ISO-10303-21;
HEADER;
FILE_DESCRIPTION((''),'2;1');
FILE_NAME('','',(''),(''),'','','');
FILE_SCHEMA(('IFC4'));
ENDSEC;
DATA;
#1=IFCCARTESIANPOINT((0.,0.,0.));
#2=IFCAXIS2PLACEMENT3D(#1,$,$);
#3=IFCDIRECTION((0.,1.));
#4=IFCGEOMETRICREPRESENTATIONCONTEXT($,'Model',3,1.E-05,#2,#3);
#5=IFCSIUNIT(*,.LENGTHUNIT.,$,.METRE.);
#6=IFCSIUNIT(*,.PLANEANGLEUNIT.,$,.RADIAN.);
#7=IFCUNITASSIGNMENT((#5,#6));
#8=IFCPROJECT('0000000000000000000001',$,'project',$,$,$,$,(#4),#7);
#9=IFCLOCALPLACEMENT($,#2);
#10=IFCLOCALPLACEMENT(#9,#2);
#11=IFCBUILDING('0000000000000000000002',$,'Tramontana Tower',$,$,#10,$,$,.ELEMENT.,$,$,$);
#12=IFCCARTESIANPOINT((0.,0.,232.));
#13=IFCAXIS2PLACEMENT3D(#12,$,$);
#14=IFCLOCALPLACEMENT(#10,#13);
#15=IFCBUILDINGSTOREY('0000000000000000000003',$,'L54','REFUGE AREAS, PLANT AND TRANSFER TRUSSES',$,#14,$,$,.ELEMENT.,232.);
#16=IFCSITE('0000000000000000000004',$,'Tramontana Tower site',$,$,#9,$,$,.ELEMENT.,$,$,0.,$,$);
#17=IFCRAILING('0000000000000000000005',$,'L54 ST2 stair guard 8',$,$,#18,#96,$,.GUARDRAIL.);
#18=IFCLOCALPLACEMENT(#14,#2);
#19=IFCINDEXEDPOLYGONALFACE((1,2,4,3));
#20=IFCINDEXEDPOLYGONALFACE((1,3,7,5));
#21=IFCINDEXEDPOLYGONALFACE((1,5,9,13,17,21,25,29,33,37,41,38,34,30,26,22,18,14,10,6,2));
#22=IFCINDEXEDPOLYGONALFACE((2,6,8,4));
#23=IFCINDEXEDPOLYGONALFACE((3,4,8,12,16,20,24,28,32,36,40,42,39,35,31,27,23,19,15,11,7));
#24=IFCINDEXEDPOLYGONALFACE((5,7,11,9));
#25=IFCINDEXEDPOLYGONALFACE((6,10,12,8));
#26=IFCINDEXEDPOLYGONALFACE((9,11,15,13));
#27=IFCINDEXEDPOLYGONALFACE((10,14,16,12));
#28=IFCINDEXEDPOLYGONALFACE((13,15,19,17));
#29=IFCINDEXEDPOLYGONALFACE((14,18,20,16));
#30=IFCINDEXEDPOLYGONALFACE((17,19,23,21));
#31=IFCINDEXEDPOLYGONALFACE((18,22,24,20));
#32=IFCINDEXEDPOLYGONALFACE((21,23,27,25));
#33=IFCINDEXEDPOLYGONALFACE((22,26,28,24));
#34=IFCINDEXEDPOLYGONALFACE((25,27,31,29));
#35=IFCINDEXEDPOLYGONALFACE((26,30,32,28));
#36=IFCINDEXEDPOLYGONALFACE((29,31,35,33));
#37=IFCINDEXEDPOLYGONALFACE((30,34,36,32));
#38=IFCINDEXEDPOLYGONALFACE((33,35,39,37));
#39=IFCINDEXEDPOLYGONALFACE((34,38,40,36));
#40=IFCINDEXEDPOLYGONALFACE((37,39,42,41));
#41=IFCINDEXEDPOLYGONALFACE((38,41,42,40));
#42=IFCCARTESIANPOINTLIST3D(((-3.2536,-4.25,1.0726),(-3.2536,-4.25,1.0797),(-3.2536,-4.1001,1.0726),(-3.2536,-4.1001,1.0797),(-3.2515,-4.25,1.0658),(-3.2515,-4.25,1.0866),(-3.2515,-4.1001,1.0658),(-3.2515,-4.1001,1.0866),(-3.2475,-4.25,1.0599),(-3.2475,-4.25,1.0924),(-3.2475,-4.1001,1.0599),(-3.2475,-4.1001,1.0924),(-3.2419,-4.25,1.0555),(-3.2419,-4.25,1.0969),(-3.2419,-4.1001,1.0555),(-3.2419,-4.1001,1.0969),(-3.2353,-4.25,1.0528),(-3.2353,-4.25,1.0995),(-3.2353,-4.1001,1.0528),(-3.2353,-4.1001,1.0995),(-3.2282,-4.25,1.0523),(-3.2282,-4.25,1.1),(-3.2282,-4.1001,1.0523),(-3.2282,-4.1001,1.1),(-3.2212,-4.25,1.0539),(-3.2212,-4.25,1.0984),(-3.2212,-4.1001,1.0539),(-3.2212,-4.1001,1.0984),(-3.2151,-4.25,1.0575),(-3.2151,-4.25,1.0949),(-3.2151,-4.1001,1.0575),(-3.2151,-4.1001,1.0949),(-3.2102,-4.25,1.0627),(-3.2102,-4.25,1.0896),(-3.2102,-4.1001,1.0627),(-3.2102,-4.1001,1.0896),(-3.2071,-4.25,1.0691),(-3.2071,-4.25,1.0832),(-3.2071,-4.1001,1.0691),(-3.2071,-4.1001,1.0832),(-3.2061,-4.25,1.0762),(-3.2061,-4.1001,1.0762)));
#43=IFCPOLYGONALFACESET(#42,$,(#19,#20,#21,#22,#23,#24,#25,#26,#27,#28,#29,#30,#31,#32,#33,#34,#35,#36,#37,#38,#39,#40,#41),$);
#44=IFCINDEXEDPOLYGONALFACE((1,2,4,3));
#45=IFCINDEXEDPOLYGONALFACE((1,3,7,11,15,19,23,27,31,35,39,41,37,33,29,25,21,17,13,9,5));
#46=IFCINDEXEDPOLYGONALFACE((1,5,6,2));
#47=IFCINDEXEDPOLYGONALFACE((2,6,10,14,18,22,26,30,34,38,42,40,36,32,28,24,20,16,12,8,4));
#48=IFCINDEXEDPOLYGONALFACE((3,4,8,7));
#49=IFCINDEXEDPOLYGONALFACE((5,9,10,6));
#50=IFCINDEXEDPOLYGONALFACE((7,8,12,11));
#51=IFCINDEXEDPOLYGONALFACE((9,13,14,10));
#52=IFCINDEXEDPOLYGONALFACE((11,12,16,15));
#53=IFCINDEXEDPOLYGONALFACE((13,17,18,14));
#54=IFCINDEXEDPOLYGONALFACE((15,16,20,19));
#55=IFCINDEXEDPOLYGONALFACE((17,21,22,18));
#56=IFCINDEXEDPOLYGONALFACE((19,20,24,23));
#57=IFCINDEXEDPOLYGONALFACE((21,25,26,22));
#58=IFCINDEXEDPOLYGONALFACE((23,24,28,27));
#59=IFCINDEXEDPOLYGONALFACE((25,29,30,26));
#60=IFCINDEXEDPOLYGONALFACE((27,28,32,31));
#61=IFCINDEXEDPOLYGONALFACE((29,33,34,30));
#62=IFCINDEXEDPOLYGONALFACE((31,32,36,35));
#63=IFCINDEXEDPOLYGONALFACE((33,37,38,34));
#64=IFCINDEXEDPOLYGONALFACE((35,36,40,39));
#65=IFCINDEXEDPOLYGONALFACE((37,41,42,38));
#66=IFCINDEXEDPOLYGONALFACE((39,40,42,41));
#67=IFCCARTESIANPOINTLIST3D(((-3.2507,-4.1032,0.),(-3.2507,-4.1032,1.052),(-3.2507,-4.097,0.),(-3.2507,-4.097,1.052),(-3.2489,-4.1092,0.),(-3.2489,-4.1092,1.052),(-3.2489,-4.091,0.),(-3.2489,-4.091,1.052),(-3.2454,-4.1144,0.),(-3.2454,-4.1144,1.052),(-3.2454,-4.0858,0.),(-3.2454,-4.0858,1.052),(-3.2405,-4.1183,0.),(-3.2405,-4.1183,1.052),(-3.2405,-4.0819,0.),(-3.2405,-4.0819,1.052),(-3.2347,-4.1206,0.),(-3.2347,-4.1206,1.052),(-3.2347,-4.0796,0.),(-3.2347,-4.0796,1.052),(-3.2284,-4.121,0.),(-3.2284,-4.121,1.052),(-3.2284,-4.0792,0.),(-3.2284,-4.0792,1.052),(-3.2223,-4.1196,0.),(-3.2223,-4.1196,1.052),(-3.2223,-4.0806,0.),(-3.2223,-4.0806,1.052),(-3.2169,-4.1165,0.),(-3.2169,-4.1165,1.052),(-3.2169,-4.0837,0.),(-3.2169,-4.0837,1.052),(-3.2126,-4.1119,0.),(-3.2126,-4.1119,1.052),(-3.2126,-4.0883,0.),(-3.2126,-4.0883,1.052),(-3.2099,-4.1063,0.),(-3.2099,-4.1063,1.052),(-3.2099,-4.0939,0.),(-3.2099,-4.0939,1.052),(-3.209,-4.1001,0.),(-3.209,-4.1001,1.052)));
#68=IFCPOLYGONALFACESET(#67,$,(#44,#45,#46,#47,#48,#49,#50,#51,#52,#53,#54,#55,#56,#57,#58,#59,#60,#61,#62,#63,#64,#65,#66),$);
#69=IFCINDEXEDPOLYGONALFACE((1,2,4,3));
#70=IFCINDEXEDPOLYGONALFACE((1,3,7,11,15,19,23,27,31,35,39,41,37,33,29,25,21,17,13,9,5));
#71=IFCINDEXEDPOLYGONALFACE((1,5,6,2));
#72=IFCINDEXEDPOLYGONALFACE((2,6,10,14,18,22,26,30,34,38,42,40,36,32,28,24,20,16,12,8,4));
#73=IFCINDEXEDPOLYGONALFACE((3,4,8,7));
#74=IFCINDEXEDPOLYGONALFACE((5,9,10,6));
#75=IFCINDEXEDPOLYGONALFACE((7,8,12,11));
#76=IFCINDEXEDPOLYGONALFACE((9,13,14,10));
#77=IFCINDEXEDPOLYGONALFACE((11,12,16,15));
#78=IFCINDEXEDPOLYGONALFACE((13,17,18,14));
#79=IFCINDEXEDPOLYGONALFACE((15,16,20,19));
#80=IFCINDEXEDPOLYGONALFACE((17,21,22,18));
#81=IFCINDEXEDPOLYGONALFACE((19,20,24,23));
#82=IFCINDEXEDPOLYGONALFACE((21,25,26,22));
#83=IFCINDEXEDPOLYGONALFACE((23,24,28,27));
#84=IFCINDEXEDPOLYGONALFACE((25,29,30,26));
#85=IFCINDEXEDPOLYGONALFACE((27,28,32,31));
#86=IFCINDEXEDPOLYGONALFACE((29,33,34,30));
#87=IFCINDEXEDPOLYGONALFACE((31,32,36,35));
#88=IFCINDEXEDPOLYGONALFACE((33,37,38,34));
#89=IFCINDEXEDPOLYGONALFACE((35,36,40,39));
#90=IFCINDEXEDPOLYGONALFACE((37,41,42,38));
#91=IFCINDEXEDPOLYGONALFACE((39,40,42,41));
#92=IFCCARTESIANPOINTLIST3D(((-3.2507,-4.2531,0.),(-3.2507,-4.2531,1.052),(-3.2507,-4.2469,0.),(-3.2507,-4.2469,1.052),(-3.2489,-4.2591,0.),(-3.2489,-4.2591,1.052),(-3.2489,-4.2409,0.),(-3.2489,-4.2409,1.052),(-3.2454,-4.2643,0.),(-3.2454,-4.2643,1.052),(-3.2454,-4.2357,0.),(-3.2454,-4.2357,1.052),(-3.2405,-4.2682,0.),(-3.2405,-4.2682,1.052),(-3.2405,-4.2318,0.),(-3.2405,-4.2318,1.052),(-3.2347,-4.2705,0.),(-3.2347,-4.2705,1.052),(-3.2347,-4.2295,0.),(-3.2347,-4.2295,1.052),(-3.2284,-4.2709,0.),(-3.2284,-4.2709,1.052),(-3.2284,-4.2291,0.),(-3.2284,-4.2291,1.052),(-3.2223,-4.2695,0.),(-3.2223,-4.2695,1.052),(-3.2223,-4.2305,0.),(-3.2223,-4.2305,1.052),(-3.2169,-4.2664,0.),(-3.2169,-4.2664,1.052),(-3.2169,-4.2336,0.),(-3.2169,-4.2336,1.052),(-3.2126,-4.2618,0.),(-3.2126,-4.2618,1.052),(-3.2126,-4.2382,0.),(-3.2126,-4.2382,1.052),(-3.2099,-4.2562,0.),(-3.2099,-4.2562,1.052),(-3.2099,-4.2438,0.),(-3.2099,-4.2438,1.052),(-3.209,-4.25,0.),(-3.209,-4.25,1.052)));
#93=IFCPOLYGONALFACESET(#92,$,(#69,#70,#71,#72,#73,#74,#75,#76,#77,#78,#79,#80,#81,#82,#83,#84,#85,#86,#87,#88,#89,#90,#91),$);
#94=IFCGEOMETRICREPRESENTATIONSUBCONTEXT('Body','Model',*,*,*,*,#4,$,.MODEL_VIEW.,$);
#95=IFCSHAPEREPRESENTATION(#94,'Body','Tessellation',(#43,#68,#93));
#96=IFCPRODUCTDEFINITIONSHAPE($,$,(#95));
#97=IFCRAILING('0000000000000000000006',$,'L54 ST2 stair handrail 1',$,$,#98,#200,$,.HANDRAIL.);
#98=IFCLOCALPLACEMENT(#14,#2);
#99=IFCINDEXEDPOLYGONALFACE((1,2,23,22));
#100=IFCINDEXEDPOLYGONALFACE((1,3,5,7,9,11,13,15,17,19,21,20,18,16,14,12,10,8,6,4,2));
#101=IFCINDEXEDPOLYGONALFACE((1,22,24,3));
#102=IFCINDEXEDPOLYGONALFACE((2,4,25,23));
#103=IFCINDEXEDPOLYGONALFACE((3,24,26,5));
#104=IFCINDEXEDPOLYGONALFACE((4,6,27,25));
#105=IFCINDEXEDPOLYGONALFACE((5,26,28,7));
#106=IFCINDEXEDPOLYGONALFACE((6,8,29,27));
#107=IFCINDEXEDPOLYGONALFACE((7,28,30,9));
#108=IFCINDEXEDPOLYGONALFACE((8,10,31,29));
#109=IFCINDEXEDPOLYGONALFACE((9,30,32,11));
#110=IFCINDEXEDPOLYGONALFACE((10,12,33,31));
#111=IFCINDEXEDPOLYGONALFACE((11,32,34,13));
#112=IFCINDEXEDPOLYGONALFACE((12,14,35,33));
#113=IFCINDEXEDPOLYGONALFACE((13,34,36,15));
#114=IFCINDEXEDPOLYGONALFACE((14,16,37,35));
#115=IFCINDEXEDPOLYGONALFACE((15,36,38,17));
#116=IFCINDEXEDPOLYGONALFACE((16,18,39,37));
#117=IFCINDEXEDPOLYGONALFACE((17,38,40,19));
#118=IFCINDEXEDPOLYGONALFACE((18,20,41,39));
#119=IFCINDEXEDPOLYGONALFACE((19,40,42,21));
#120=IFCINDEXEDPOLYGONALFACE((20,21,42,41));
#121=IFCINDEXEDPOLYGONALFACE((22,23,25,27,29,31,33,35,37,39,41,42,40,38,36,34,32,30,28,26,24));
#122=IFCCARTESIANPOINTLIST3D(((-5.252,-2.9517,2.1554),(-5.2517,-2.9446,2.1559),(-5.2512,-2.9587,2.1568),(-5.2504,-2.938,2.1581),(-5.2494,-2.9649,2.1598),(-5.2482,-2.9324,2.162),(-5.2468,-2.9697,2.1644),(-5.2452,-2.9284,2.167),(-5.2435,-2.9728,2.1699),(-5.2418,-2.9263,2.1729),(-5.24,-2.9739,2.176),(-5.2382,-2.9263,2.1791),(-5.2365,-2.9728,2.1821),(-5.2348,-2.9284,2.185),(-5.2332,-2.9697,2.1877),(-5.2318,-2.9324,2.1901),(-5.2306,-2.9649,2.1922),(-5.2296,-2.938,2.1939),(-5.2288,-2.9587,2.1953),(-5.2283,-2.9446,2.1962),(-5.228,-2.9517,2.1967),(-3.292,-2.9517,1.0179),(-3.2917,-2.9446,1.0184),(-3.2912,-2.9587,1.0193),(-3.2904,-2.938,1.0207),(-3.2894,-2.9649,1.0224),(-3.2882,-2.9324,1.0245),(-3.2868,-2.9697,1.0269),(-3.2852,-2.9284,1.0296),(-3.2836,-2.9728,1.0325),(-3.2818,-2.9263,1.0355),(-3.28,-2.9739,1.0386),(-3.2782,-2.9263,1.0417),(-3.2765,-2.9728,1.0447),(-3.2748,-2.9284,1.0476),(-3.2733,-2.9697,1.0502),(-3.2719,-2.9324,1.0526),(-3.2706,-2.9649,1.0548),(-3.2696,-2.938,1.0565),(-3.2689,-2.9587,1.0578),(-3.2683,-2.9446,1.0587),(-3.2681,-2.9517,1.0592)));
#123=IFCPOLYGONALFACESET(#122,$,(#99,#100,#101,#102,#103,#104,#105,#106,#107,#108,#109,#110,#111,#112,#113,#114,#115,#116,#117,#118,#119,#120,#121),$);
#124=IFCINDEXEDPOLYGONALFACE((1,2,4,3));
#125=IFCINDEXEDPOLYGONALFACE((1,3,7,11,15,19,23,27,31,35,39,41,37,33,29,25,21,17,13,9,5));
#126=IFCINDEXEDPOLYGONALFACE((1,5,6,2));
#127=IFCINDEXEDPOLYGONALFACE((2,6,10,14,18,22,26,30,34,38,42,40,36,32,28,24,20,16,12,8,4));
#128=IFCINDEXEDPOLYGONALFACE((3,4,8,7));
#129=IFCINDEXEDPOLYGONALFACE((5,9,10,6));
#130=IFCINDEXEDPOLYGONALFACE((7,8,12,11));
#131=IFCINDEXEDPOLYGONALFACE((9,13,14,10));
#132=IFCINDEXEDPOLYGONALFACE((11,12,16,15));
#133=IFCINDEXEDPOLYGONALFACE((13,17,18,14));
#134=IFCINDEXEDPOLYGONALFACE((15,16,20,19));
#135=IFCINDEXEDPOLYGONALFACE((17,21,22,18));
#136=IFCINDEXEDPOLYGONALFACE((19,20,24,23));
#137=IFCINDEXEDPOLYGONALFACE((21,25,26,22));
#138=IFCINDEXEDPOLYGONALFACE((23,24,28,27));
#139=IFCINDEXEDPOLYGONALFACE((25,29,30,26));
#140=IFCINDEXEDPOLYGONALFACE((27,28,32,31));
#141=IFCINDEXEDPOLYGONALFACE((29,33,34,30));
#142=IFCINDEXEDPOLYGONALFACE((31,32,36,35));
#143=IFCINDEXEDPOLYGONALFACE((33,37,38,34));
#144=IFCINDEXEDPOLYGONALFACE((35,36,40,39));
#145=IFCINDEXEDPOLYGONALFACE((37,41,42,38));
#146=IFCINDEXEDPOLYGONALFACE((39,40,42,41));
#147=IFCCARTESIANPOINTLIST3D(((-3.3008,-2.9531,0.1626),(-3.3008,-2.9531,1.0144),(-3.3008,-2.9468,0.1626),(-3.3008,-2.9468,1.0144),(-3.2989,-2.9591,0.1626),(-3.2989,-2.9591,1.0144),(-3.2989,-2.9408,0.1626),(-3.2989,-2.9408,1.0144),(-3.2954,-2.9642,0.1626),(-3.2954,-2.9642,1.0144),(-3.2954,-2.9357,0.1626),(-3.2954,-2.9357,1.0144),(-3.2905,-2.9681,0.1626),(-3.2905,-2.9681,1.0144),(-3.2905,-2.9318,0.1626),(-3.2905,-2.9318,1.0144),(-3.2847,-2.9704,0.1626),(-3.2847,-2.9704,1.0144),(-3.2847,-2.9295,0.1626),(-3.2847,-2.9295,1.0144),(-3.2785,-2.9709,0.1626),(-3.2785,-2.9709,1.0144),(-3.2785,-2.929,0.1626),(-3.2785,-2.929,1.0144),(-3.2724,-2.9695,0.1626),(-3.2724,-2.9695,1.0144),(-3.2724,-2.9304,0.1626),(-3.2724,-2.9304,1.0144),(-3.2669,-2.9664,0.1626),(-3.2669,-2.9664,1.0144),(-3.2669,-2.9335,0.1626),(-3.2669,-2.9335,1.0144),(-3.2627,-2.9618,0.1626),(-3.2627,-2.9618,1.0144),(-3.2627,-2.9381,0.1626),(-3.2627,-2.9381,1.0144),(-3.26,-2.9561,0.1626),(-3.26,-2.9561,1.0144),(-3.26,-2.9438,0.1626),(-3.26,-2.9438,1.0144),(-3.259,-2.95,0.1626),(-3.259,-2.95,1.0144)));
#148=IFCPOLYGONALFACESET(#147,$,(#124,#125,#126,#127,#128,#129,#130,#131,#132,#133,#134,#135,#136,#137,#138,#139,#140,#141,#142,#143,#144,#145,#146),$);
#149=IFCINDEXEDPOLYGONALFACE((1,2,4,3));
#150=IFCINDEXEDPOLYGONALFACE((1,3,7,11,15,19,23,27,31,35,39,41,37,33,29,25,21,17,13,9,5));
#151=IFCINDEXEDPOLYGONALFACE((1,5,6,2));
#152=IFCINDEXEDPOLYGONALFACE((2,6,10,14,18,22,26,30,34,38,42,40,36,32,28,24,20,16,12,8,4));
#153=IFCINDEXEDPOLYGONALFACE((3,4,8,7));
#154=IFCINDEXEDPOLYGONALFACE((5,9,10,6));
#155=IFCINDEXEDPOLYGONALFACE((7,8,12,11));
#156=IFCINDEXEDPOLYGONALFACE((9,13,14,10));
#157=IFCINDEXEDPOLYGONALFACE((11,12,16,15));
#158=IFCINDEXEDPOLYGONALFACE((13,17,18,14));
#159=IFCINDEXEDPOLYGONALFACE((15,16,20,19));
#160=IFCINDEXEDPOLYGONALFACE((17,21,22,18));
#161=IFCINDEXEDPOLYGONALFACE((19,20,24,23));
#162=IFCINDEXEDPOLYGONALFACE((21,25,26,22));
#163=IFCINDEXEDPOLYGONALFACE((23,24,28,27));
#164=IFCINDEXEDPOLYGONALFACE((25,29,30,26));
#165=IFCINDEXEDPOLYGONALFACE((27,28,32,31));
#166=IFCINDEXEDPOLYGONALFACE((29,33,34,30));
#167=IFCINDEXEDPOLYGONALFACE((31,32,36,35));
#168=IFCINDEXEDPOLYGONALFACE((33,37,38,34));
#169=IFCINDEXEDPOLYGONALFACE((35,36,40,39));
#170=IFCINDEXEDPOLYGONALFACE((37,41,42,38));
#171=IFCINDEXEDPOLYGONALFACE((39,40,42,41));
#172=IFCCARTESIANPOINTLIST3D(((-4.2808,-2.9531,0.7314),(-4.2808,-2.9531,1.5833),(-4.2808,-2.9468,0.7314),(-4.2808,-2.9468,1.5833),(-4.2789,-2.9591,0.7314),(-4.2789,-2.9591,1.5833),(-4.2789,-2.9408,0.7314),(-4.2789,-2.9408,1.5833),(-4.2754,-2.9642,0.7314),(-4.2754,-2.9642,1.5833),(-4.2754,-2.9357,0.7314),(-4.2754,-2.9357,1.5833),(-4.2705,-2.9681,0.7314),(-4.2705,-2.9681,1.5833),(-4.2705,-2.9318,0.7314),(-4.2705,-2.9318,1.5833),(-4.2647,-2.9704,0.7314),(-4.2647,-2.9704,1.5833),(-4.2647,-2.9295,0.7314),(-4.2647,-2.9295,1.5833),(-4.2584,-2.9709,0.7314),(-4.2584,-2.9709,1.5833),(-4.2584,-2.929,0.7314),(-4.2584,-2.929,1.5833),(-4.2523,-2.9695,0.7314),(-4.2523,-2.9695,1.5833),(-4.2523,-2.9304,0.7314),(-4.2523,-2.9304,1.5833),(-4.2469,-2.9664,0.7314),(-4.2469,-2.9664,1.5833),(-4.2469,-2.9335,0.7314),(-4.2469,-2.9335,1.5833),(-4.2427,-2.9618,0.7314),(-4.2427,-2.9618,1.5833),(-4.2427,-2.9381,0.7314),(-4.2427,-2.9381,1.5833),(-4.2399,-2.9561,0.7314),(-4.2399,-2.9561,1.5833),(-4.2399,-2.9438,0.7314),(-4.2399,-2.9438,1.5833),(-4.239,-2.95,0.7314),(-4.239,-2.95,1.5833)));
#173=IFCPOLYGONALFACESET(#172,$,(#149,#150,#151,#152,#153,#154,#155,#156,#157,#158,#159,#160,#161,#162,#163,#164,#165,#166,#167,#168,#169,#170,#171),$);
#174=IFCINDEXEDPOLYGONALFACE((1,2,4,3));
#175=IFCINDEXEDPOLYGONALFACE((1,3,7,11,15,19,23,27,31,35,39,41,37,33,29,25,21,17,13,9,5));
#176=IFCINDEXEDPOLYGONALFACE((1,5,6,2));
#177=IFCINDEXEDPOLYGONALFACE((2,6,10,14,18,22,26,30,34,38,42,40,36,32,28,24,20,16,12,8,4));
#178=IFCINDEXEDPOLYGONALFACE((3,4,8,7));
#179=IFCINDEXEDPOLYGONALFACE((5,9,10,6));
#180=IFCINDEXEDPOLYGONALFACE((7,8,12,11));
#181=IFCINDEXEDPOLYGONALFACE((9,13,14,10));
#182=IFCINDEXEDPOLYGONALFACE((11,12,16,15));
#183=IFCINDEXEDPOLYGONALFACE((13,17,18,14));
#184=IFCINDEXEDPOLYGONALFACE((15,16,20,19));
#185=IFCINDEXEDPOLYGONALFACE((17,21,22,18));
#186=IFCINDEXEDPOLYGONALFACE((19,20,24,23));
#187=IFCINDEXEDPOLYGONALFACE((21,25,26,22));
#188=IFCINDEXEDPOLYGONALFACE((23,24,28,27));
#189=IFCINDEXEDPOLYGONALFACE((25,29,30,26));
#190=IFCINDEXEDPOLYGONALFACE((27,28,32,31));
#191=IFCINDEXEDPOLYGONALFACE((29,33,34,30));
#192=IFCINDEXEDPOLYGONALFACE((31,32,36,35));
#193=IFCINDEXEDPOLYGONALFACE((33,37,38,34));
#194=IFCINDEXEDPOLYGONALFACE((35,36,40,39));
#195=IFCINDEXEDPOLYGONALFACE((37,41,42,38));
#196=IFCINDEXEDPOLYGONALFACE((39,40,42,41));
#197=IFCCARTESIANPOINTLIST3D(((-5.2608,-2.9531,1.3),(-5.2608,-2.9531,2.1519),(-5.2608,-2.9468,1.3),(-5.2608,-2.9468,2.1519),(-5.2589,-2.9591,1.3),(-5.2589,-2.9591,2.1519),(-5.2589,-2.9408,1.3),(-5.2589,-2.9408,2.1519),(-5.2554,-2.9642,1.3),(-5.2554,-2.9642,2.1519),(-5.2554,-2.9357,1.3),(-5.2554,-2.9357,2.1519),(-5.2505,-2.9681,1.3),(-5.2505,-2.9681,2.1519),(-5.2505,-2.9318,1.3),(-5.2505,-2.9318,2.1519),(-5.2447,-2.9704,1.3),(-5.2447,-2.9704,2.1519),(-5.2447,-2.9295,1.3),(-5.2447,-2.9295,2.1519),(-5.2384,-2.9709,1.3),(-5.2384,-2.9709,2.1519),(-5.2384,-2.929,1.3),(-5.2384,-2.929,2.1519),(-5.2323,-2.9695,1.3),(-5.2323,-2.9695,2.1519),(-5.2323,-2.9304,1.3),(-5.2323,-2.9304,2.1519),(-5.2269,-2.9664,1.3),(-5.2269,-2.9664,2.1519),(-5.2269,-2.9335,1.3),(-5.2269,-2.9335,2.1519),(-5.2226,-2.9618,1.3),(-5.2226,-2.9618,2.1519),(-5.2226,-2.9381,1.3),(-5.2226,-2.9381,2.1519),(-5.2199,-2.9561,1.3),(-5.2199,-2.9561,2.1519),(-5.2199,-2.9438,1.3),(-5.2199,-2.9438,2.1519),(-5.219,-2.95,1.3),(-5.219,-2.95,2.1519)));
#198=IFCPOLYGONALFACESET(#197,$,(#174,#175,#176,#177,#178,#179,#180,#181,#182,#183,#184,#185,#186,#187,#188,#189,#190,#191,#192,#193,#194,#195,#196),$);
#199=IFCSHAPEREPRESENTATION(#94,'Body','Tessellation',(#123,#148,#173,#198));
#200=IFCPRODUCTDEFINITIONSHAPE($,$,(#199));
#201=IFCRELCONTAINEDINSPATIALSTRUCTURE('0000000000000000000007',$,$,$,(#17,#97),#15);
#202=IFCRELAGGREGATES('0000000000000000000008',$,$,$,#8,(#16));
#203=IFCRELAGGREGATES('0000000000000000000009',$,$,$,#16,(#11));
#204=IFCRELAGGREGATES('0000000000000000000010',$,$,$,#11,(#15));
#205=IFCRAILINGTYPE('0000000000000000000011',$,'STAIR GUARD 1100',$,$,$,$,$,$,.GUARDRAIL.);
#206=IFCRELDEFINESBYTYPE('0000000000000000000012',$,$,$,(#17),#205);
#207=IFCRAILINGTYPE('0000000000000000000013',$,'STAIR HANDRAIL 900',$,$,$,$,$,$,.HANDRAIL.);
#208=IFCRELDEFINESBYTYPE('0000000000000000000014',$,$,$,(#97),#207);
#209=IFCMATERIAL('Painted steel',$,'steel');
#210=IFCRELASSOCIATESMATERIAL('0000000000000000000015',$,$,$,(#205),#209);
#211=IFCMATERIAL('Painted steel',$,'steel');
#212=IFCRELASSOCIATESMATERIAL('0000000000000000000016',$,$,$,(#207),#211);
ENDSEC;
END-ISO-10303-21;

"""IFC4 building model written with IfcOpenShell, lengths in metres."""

from ifc_helpers import new_model, si_unit, direction, frame, origin, origin_2d, place, context, subcontext, project, spatial, circle, extrude, material, type_object, element, save


model = new_model("IFC4")

# Units and contexts
model_context = context("Model", 3, precision=1e-05, world=origin(), true_north=direction((0.0, 1.0)))
body_context = subcontext(model_context, "Body", "Model", "MODEL_VIEW")
ifc_project = project(units=[si_unit("LENGTHUNIT", "METRE"), si_unit("PLANEANGLEUNIT", "RADIAN")], contexts=[model_context])

# Site, building, storey
site_placement = place(None, origin())
site = spatial("IfcSite", under=ifc_project, at=site_placement, Name="Tramontana Tower site", CompositionType="ELEMENT", RefElevation=0.0)
building_placement = place(site_placement, origin())
building = spatial("IfcBuilding", under=site, at=building_placement, Name="Tramontana Tower", CompositionType="ELEMENT")
storey_placement = place(building_placement, frame((0.0, 0.0, 232.0)))
storey = spatial("IfcBuildingStorey", under=building, at=storey_placement, Name="L54", Description="REFUGE AREAS, PLANT AND TRANSFER TRUSSES", CompositionType="ELEMENT", Elevation=232.0)

# Railings
ifc_material_1 = material(Name="Painted steel", Category="steel")
railing_type_1 = type_object("IfcRailingType", Name="STAIR GUARD 1100", PredefinedType="GUARDRAIL", material=ifc_material_1)
for number, where, name in (
    (1, (-3.23, -4.1001, 0.0), "L54 ST2 stair guard 8"),
):
    element("IfcRailing", number, at=place(storey_placement, frame(where)), inside=storey, type_object=railing_type_1, Name=name, PredefinedType="GUARDRAIL", context=body_context, shape_type="SweptSolid", body=[
        extrude(circle(Radius=0.0239, at=origin_2d()), frame((0.0, 0.0, 1.0762), z_axis=(0.0, -1.0, 0.0), x_axis=(1.0, 0.0, 0.0)), (0.0, 0.0, 1.0), 0.1499),
        extrude(circle(Radius=0.021, at=origin_2d()), origin(), (0.0, 0.0, 1.0), 1.052),
        extrude(circle(Radius=0.021, at=origin_2d()), frame((0.0, -0.1499, 0.0)), (0.0, 0.0, 1.0), 1.052),
    ])
ifc_material_2 = material(Name="Painted steel", Category="steel")
railing_type_2 = type_object("IfcRailingType", Name="STAIR HANDRAIL 900", PredefinedType="HANDRAIL", material=ifc_material_2)
for number, where, name in (
    (2, (-3.28, -2.95, 0.1626), "L54 ST2 stair handrail 1"),
):
    element("IfcRailing", number, at=place(storey_placement, frame(where)), inside=storey, type_object=railing_type_2, Name=name, PredefinedType="HANDRAIL", context=body_context, shape_type="SweptSolid", body=[
        extrude(circle(Radius=0.0239, at=origin_2d()), frame((0.0, 0.0, 0.876), z_axis=(-0.864902, 0.0, 0.501941), x_axis=(0.0, -1.0, 0.0)), (0.0, 0.0, 1.0), 2.2661),
        extrude(circle(Radius=0.021, at=origin_2d()), origin(), (0.0, 0.0, 1.0), 0.8518),
        extrude(circle(Radius=0.021, at=origin_2d()), frame((-0.98, 0.0, 0.5688)), (0.0, 0.0, 1.0), 0.8518),
        extrude(circle(Radius=0.021, at=origin_2d()), frame((-1.96, 0.0, 1.1375)), (0.0, 0.0, 1.0), 0.8518),
    ])

save(model, "model.ifc")
